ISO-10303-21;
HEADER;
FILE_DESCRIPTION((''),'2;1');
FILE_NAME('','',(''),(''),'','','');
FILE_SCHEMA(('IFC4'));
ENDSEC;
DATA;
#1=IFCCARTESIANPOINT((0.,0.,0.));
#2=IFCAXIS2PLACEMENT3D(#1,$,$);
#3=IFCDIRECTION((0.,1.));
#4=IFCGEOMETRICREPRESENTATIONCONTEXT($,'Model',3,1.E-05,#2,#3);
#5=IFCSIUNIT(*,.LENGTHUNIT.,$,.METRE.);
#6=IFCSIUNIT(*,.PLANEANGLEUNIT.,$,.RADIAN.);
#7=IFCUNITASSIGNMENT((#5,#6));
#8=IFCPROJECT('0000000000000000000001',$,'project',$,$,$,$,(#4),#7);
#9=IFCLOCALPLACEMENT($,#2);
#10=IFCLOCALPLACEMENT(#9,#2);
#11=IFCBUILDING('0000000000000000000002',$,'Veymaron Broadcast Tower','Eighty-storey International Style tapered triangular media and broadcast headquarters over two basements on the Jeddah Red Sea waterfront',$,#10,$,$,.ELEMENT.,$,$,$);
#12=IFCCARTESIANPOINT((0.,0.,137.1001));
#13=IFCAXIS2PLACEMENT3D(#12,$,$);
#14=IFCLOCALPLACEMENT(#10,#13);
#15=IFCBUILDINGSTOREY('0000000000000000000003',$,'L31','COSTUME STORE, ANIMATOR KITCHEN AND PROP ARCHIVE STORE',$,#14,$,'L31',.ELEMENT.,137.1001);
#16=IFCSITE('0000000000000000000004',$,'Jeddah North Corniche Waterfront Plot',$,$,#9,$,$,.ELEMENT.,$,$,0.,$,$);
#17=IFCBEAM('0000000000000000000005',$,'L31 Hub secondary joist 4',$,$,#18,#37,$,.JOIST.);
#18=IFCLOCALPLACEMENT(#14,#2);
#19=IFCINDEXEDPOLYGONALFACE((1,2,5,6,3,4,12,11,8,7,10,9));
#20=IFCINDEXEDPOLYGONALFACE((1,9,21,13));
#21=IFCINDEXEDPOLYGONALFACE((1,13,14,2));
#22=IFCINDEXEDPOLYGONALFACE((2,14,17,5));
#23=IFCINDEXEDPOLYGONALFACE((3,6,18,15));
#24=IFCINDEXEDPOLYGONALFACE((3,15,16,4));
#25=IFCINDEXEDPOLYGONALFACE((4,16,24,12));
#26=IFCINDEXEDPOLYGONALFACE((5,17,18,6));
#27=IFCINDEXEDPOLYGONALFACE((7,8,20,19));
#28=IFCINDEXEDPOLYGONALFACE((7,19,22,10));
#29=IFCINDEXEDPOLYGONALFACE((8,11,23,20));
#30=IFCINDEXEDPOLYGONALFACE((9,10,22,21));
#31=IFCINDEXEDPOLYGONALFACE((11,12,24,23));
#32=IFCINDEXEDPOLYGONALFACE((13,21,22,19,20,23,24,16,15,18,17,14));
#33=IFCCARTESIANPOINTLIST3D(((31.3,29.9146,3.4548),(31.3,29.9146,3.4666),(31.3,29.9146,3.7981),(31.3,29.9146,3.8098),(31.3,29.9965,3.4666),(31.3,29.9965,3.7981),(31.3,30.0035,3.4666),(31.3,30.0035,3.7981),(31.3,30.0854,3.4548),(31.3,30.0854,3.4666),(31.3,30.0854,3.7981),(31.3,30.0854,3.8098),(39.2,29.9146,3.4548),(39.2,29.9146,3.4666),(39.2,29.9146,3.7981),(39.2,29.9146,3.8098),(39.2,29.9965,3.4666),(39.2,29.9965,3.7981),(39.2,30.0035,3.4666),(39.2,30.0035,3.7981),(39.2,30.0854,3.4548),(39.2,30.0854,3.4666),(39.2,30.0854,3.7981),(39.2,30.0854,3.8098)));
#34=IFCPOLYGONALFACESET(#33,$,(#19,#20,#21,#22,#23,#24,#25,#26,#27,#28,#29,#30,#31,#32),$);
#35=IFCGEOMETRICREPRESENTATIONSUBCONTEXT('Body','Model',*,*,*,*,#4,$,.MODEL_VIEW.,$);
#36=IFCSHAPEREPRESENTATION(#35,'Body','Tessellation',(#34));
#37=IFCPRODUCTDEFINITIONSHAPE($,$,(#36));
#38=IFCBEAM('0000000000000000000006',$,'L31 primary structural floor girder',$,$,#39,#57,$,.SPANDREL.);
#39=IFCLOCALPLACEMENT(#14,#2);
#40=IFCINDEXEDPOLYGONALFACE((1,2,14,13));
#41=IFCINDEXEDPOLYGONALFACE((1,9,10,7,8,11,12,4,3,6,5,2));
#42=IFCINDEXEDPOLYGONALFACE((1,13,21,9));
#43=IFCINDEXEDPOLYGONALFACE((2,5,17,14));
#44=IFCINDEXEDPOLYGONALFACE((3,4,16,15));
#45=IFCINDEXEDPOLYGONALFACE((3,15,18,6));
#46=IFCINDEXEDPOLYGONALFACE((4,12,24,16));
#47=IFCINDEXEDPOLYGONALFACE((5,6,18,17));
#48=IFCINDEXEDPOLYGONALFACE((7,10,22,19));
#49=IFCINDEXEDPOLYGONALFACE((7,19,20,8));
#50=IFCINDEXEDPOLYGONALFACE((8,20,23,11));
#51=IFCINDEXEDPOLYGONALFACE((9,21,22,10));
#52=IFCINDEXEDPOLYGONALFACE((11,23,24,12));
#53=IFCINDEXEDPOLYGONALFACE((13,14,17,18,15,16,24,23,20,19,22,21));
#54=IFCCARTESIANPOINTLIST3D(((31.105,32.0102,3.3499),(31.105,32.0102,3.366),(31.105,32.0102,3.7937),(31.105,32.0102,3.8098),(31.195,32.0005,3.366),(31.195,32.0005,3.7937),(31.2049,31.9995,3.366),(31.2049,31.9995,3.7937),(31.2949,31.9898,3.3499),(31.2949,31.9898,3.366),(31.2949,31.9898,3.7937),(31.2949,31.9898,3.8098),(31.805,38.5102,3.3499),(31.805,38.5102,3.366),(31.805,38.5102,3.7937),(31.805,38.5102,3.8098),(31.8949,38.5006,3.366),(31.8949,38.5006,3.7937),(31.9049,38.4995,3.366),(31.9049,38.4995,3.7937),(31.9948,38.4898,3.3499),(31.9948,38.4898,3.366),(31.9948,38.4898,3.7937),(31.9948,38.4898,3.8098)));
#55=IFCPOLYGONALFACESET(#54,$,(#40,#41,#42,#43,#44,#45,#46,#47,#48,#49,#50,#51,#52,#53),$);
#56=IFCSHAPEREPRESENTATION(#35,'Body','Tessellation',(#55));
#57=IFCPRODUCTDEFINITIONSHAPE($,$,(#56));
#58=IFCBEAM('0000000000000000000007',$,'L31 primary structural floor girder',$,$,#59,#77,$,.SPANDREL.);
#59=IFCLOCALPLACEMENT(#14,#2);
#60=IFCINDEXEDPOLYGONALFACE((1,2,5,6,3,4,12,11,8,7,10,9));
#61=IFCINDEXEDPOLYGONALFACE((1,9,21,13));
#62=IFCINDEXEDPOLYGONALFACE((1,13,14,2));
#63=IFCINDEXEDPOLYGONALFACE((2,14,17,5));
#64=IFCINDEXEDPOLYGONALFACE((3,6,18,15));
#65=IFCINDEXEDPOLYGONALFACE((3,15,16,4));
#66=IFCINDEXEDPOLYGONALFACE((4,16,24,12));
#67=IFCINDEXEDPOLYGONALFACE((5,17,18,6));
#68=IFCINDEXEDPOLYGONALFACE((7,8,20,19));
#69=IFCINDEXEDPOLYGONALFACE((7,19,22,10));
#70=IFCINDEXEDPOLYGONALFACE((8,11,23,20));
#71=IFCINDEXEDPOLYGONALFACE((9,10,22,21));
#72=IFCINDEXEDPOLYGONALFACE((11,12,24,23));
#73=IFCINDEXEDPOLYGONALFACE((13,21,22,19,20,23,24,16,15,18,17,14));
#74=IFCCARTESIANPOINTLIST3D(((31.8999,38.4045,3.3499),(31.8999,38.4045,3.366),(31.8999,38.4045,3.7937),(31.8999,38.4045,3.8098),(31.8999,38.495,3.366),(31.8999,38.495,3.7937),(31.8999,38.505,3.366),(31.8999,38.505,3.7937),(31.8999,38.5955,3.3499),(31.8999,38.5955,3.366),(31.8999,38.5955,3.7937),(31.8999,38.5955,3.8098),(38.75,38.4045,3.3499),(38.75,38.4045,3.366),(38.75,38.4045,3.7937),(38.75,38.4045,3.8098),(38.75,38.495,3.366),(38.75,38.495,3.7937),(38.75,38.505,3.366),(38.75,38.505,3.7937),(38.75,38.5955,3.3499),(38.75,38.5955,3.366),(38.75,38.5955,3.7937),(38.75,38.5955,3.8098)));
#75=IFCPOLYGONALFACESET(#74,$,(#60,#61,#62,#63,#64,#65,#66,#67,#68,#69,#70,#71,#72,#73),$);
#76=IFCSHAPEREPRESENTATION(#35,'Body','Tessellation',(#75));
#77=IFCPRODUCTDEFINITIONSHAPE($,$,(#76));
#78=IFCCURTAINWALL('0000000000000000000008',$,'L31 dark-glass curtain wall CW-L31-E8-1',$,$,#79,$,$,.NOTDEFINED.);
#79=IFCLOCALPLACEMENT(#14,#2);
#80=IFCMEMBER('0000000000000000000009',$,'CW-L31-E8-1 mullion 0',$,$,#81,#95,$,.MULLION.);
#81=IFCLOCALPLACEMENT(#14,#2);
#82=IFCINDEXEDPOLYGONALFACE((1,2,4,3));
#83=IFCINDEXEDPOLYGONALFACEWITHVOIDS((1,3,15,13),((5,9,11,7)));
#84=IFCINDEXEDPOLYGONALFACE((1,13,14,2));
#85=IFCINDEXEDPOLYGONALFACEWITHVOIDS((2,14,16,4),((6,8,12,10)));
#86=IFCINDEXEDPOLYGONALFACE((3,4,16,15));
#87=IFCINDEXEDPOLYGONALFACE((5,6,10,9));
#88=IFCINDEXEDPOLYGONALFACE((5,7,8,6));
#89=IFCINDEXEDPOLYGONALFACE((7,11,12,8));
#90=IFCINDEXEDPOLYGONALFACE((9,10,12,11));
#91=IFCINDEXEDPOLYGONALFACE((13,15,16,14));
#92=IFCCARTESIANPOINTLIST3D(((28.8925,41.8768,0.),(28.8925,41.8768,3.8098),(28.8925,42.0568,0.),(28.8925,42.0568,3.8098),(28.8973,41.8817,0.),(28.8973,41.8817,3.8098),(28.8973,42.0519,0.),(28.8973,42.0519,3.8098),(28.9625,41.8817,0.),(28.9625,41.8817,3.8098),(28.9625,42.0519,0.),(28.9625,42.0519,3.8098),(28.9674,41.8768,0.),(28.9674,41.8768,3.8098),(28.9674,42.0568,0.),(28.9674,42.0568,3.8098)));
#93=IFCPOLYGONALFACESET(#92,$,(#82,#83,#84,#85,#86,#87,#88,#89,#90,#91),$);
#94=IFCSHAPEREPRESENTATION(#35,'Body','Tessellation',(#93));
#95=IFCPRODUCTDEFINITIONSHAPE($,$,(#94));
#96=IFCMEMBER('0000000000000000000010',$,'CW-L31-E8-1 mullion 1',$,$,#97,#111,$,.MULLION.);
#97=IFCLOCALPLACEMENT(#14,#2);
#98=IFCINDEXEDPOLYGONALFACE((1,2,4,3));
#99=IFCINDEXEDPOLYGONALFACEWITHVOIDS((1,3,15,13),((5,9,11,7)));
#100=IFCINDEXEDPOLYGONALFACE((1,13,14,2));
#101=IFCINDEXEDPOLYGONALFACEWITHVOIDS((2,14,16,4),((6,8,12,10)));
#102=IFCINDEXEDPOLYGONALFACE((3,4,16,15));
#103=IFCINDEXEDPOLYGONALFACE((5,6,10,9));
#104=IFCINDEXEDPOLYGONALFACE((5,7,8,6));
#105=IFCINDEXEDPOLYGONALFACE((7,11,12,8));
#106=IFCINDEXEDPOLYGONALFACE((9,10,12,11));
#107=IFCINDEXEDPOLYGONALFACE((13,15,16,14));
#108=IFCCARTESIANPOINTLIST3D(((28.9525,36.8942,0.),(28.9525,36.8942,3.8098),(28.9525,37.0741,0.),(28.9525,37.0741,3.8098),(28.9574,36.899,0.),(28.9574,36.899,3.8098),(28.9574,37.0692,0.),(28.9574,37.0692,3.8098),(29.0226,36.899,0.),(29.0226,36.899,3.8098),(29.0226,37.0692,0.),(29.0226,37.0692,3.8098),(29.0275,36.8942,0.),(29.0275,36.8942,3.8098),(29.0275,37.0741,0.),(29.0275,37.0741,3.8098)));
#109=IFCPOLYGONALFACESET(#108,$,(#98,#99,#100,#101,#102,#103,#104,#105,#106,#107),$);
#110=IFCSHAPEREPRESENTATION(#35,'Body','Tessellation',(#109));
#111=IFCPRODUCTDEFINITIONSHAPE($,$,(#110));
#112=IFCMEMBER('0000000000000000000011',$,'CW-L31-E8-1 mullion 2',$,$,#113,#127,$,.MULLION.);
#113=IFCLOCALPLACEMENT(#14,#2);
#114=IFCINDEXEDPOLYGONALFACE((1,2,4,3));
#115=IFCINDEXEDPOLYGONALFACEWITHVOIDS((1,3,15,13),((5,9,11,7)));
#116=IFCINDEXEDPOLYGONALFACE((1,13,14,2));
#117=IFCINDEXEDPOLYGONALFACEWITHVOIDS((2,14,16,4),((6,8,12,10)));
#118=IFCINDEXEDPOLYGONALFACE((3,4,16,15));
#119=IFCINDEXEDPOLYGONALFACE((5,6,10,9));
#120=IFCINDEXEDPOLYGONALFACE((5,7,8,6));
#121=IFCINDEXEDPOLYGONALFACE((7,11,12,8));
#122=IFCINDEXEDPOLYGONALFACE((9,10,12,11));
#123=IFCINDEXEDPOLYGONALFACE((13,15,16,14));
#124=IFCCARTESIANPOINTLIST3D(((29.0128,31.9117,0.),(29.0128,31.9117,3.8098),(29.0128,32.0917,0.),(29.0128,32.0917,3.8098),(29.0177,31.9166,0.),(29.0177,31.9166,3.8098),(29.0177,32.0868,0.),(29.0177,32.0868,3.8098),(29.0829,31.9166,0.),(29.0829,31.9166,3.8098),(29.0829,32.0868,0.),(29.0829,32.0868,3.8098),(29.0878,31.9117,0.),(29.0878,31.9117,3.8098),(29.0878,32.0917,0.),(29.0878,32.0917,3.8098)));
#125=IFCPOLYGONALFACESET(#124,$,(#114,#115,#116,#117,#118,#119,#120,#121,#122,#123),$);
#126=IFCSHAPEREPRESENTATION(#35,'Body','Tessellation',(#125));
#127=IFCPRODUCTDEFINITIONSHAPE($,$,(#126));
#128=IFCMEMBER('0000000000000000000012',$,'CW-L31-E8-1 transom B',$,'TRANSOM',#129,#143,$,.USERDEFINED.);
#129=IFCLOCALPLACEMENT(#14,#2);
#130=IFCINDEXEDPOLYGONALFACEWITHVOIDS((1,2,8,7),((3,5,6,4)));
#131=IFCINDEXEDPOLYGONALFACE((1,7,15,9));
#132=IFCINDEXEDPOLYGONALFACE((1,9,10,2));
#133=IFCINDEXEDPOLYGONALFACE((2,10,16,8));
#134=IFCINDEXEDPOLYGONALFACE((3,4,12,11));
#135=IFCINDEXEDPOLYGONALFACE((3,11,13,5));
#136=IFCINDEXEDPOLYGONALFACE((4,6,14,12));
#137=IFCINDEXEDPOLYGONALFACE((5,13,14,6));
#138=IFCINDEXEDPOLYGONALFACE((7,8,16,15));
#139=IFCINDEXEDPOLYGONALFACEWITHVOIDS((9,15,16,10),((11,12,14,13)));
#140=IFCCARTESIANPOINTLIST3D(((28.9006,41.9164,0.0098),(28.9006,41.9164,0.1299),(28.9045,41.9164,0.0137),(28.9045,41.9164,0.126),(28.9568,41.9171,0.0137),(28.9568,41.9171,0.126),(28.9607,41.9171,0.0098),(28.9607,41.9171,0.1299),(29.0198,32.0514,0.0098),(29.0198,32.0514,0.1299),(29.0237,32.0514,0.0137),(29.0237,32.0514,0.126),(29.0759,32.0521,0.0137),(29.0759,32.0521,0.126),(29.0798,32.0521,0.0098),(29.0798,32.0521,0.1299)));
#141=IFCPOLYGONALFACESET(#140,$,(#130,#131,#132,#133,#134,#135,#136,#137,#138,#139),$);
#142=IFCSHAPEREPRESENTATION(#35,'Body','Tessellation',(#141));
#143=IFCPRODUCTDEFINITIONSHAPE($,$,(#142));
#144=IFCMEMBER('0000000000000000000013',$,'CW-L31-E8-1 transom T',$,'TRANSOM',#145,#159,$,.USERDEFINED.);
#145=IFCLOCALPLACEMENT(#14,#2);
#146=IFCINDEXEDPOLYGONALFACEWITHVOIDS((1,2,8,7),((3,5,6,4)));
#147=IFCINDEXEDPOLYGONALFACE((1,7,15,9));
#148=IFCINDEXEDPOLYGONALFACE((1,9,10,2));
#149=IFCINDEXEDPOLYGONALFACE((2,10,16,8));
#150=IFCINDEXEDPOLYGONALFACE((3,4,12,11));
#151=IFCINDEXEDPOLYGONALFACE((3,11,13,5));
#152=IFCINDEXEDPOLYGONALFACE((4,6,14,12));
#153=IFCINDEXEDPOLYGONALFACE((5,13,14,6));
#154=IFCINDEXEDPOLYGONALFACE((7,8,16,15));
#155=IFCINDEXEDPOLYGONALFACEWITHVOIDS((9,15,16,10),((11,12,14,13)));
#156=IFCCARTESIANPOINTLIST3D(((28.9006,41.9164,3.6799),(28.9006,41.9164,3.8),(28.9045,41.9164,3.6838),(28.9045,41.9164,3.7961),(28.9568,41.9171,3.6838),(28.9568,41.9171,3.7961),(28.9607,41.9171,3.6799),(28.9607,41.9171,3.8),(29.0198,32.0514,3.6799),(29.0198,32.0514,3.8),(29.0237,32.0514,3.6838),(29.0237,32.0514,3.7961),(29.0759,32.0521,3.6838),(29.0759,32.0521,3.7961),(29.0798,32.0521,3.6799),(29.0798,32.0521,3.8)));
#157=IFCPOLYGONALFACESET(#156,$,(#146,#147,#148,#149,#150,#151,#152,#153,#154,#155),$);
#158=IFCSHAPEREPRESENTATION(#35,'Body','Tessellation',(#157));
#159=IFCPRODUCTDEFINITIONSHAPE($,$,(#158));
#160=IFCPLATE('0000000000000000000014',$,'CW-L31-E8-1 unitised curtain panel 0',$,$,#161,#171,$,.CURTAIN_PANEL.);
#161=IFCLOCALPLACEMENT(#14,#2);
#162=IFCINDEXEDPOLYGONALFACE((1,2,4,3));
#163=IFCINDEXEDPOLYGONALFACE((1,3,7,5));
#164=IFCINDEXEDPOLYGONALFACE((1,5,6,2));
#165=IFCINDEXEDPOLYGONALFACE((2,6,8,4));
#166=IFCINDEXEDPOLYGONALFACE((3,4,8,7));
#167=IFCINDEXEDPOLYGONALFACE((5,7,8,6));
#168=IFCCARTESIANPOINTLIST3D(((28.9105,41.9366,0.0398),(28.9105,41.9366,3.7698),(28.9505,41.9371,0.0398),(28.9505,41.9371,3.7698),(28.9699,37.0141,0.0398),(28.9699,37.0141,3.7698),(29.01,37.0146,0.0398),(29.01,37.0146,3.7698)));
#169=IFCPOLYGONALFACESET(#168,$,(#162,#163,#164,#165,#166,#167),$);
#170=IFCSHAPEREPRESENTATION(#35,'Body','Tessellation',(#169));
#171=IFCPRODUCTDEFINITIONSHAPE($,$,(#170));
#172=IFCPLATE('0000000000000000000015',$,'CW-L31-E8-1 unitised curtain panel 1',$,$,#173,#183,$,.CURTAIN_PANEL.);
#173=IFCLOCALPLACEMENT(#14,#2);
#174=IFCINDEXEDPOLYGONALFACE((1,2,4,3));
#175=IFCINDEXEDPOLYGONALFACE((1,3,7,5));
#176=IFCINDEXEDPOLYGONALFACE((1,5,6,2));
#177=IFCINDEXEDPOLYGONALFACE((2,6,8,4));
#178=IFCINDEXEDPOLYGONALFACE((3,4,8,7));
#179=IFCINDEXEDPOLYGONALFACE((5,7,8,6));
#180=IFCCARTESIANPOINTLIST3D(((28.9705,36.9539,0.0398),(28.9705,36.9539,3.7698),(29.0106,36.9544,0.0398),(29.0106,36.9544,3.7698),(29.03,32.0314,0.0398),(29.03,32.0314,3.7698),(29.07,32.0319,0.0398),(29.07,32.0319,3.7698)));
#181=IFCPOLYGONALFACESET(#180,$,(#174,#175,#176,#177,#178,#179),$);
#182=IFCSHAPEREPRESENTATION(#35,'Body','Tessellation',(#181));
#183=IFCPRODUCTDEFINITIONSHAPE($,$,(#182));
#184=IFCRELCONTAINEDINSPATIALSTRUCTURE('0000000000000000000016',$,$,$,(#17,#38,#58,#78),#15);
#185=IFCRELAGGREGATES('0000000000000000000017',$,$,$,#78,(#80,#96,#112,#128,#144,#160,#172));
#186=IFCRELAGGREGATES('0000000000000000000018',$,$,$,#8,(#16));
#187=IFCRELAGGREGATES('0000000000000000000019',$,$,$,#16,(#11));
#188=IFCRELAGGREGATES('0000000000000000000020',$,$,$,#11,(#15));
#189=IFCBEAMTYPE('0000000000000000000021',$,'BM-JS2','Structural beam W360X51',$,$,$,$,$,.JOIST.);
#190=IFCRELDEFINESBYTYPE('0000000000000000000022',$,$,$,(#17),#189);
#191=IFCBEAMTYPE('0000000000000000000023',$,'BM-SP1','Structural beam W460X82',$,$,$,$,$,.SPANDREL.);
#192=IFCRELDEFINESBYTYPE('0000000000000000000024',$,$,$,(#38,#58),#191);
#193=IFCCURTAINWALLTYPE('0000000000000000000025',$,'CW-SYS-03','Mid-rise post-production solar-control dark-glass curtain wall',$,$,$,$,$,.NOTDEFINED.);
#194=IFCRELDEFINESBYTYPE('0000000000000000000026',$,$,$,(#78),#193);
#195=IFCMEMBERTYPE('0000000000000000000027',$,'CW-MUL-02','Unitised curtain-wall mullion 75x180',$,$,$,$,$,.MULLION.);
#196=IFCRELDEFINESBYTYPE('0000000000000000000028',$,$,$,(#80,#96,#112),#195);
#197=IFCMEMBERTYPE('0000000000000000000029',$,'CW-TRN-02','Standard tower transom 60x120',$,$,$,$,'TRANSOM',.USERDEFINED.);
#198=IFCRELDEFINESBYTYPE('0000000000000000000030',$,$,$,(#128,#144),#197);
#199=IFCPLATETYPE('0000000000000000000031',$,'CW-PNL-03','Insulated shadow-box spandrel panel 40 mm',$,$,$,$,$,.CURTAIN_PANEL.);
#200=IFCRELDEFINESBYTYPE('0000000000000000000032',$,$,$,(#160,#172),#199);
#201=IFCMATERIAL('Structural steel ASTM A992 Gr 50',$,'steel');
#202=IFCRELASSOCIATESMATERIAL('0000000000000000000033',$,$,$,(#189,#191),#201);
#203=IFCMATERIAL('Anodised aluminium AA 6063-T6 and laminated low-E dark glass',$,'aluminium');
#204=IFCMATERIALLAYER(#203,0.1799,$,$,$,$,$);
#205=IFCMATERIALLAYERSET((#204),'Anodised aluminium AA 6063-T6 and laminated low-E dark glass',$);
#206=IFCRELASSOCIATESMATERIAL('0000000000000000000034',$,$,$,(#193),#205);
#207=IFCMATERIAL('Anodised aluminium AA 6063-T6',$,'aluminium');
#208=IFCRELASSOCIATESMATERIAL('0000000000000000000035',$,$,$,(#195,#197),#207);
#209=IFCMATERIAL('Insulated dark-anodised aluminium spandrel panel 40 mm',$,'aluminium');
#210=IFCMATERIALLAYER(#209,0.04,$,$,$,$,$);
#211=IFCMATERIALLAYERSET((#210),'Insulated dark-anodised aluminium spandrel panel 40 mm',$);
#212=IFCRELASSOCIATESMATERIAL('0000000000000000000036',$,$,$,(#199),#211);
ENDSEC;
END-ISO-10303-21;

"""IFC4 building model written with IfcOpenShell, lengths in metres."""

from ifc_helpers import new_model, si_unit, direction, frame, origin, origin_2d, place, context, subcontext, project, spatial, rectangle, hollow_rectangle, i_section, extrude, material, layer, layer_set, material_profile, profile_set, type_object, element, aggregate, save


model = new_model("IFC4")

# Units and contexts
model_context = context("Model", 3, precision=1e-05, world=origin(), true_north=direction((0.0, 1.0)))
body_context = subcontext(model_context, "Body", "Model", "MODEL_VIEW")
ifc_project = project(units=[si_unit("LENGTHUNIT", "METRE"), si_unit("PLANEANGLEUNIT", "RADIAN")], contexts=[model_context])

# Site, building, storey
site_placement = place(None, origin())
site = spatial("IfcSite", under=ifc_project, at=site_placement, Name="Jeddah North Corniche Waterfront Plot", CompositionType="ELEMENT", RefElevation=0.0)
building_placement = place(site_placement, origin())
building = spatial("IfcBuilding", under=site, at=building_placement, Name="Veymaron Broadcast Tower", Description="Eighty-storey International Style tapered triangular media and broadcast headquarters over two basements on the Jeddah Red Sea waterfront", CompositionType="ELEMENT")
storey_placement = place(building_placement, frame((0.0, 0.0, 137.1001)))
storey = spatial("IfcBuildingStorey", under=building, at=storey_placement, Name="L31", Description="COSTUME STORE, ANIMATOR KITCHEN AND PROP ARCHIVE STORE", LongName="L31", CompositionType="ELEMENT", Elevation=137.1001)

# Shared definitions
ifc_material_1 = material(Name="Structural steel ASTM A992 Gr 50", Category="steel")

# Beams
ifc_material_profile_1 = material_profile(ifc_material_1, i_section(OverallWidth=0.1709, OverallDepth=0.355, WebThickness=0.0071, FlangeThickness=0.0117, at=origin_2d()), Name="W360X51")
ifc_profile_set_1 = profile_set([ifc_material_profile_1], Name="Structural steel ASTM A992 Gr 50")
beam_type_1 = type_object("IfcBeamType", Name="BM-JS2", Description="Structural beam W360X51", PredefinedType="JOIST", material=ifc_profile_set_1)
for number, where, z_axis, x_axis, name in (
    (1, (31.3, 30.0, 3.6323), (1.0, 0.0, 0.0), (0.0, 1.0, 0.0), "L31 Hub secondary joist 4"),
):
    element("IfcBeam", number, at=place(storey_placement, frame(where, z_axis=z_axis, x_axis=x_axis)), inside=storey, type_object=beam_type_1, Name=name, PredefinedType="JOIST", context=body_context, shape_type="SweptSolid", body=[
        extrude(i_section(OverallWidth=0.1709, OverallDepth=0.355, WebThickness=0.0071, FlangeThickness=0.0117, at=origin_2d()), origin(), (0.0, 0.0, 1.0), 7.8999),
    ])
ifc_material_profile_2 = material_profile(ifc_material_1, i_section(OverallWidth=0.1909, OverallDepth=0.46, WebThickness=0.01, FlangeThickness=0.0161, at=origin_2d()), Name="W460X82")
ifc_profile_set_2 = profile_set([ifc_material_profile_2], Name="Structural steel ASTM A992 Gr 50")
beam_type_2 = type_object("IfcBeamType", Name="BM-SP1", Description="Structural beam W460X82", PredefinedType="SPANDREL", material=ifc_profile_set_2)
beam_1_placement = place(storey_placement, frame((31.2, 32.0, 3.5798), z_axis=(0.107066, 0.994252, 0.0), x_axis=(-0.994252, 0.107066, 0.0)))
element("IfcBeam", 2, at=beam_1_placement, inside=storey, type_object=beam_type_2, Name="L31 primary structural floor girder", PredefinedType="SPANDREL", context=body_context, shape_type="SweptSolid", body=[
    extrude(i_section(OverallWidth=0.1909, OverallDepth=0.46, WebThickness=0.01, FlangeThickness=0.0161, at=origin_2d()), origin(), (0.0, 0.0, 1.0), 6.5376),
])
beam_2_placement = place(storey_placement, frame((31.8999, 38.5, 3.5798), z_axis=(1.0, 0.0, 0.0), x_axis=(0.0, 1.0, 0.0)))
element("IfcBeam", 3, at=beam_2_placement, inside=storey, type_object=beam_type_2, Name="L31 primary structural floor girder", PredefinedType="SPANDREL", context=body_context, shape_type="SweptSolid", body=[
    extrude(i_section(OverallWidth=0.1909, OverallDepth=0.46, WebThickness=0.01, FlangeThickness=0.0161, at=origin_2d()), origin(), (0.0, 0.0, 1.0), 6.8501),
])

# Curtain wall, members, plates
ifc_material_2 = material(Name="Anodised aluminium AA 6063-T6 and laminated low-E dark glass", Category="aluminium")
ifc_layer_1 = layer(ifc_material_2, 0.1799)
ifc_layer_set_1 = layer_set([ifc_layer_1], Name="Anodised aluminium AA 6063-T6 and laminated low-E dark glass")
curtain_wall_type = type_object("IfcCurtainWallType", Name="CW-SYS-03", Description="Mid-rise post-production solar-control dark-glass curtain wall", PredefinedType="NOTDEFINED", material=ifc_layer_set_1)
curtain_wall_placement = place(storey_placement, origin())
curtain_wall = element("IfcCurtainWall", 4, at=curtain_wall_placement, inside=storey, type_object=curtain_wall_type, Name="L31 dark-glass curtain wall CW-L31-E8-1", PredefinedType="NOTDEFINED")
ifc_material_3 = material(Name="Anodised aluminium AA 6063-T6", Category="aluminium")
ifc_material_profile_3 = material_profile(ifc_material_3, hollow_rectangle(XDim=0.075, YDim=0.1799, WallThickness=0.0049, at=origin_2d()), Name="AL180X75X5")
ifc_profile_set_3 = profile_set([ifc_material_profile_3], Name="Anodised aluminium AA 6063-T6")
member_type_1 = type_object("IfcMemberType", Name="CW-MUL-02", Description="Unitised curtain-wall mullion 75x180", PredefinedType="MULLION", material=ifc_profile_set_3)
member_1_placement = place(storey_placement, frame((28.9299, 41.9668, 0.0), z_axis=(0.0, 0.0, 1.0), x_axis=(1.0, 0.0, 0.0)))
member_1 = element("IfcMember", 5, at=member_1_placement, type_object=member_type_1, Name="CW-L31-E8-1 mullion 0", PredefinedType="MULLION", context=body_context, shape_type="SweptSolid", body=[
    extrude(hollow_rectangle(XDim=0.075, YDim=0.1799, WallThickness=0.0049, at=origin_2d()), origin(), (0.0, 0.0, 1.0), 3.8098),
])
member_2_placement = place(storey_placement, frame((28.99, 36.9841, 0.0), z_axis=(0.0, 0.0, 1.0), x_axis=(1.0, 0.0, 0.0)))
member_2 = element("IfcMember", 6, at=member_2_placement, type_object=member_type_1, Name="CW-L31-E8-1 mullion 1", PredefinedType="MULLION", context=body_context, shape_type="SweptSolid", body=[
    extrude(hollow_rectangle(XDim=0.075, YDim=0.1799, WallThickness=0.0049, at=origin_2d()), origin(), (0.0, 0.0, 1.0), 3.8098),
])
member_3_placement = place(storey_placement, frame((29.0503, 32.0017, 0.0), z_axis=(0.0, 0.0, 1.0), x_axis=(1.0, 0.0, 0.0)))
member_3 = element("IfcMember", 7, at=member_3_placement, type_object=member_type_1, Name="CW-L31-E8-1 mullion 2", PredefinedType="MULLION", context=body_context, shape_type="SweptSolid", body=[
    extrude(hollow_rectangle(XDim=0.075, YDim=0.1799, WallThickness=0.0049, at=origin_2d()), origin(), (0.0, 0.0, 1.0), 3.8098),
])
ifc_material_profile_4 = material_profile(ifc_material_3, hollow_rectangle(XDim=0.0601, YDim=0.1201, WallThickness=0.0039, at=origin_2d()), Name="AL120X60X4")
ifc_profile_set_4 = profile_set([ifc_material_profile_4], Name="Anodised aluminium AA 6063-T6")
member_type_2 = type_object("IfcMemberType", Name="CW-TRN-02", Description="Standard tower transom 60x120", ElementType="TRANSOM", PredefinedType="USERDEFINED", material=ifc_profile_set_4)
member_4_placement = place(storey_placement, frame((28.9307, 41.9167, 0.0698), z_axis=(0.012076, -0.999927, 0.0), x_axis=(0.999927, 0.012076, 0.0)))
member_4 = element("IfcMember", 8, at=member_4_placement, type_object=member_type_2, Name="CW-L31-E8-1 transom B", ObjectType="TRANSOM", PredefinedType="USERDEFINED", context=body_context, shape_type="SweptSolid", body=[
    extrude(hollow_rectangle(XDim=0.0601, YDim=0.1201, WallThickness=0.0039, at=origin_2d()), origin(), (0.0, 0.0, 1.0), 9.8657),
])
member_5_placement = place(storey_placement, frame((28.9307, 41.9167, 3.74), z_axis=(0.012076, -0.999927, 0.0), x_axis=(0.999927, 0.012076, 0.0)))
member_5 = element("IfcMember", 9, at=member_5_placement, type_object=member_type_2, Name="CW-L31-E8-1 transom T", ObjectType="TRANSOM", PredefinedType="USERDEFINED", context=body_context, shape_type="SweptSolid", body=[
    extrude(hollow_rectangle(XDim=0.0601, YDim=0.1201, WallThickness=0.0039, at=origin_2d()), origin(), (0.0, 0.0, 1.0), 9.8657),
])
ifc_material_4 = material(Name="Insulated dark-anodised aluminium spandrel panel 40 mm", Category="aluminium")
ifc_layer_2 = layer(ifc_material_4, 0.04)
ifc_layer_set_2 = layer_set([ifc_layer_2], Name="Insulated dark-anodised aluminium spandrel panel 40 mm")
plate_type = type_object("IfcPlateType", Name="CW-PNL-03", Description="Insulated shadow-box spandrel panel 40 mm", PredefinedType="CURTAIN_PANEL", material=ifc_layer_set_2)
plate_1_placement = place(storey_placement, frame((28.9602, 39.4756, 0.0398), z_axis=(0.0, 0.0, 1.0), x_axis=(0.012077, -0.999927, 0.0)))
plate_1 = element("IfcPlate", 10, at=plate_1_placement, type_object=plate_type, Name="CW-L31-E8-1 unitised curtain panel 0", PredefinedType="CURTAIN_PANEL", context=body_context, shape_type="SweptSolid", body=[
    extrude(rectangle(XDim=4.9229, YDim=0.04, at=origin_2d()), origin(), (0.0, 0.0, 1.0), 3.73),
])
plate_2_placement = place(storey_placement, frame((29.0203, 34.4929, 0.0398), z_axis=(0.0, 0.0, 1.0), x_axis=(0.012077, -0.999927, 0.0)))
plate_2 = element("IfcPlate", 11, at=plate_2_placement, type_object=plate_type, Name="CW-L31-E8-1 unitised curtain panel 1", PredefinedType="CURTAIN_PANEL", context=body_context, shape_type="SweptSolid", body=[
    extrude(rectangle(XDim=4.9229, YDim=0.04, at=origin_2d()), origin(), (0.0, 0.0, 1.0), 3.73),
])
aggregate(curtain_wall, [member_1, member_2, member_3, member_4, member_5, plate_1, plate_2])

save(model, "model.ifc")
